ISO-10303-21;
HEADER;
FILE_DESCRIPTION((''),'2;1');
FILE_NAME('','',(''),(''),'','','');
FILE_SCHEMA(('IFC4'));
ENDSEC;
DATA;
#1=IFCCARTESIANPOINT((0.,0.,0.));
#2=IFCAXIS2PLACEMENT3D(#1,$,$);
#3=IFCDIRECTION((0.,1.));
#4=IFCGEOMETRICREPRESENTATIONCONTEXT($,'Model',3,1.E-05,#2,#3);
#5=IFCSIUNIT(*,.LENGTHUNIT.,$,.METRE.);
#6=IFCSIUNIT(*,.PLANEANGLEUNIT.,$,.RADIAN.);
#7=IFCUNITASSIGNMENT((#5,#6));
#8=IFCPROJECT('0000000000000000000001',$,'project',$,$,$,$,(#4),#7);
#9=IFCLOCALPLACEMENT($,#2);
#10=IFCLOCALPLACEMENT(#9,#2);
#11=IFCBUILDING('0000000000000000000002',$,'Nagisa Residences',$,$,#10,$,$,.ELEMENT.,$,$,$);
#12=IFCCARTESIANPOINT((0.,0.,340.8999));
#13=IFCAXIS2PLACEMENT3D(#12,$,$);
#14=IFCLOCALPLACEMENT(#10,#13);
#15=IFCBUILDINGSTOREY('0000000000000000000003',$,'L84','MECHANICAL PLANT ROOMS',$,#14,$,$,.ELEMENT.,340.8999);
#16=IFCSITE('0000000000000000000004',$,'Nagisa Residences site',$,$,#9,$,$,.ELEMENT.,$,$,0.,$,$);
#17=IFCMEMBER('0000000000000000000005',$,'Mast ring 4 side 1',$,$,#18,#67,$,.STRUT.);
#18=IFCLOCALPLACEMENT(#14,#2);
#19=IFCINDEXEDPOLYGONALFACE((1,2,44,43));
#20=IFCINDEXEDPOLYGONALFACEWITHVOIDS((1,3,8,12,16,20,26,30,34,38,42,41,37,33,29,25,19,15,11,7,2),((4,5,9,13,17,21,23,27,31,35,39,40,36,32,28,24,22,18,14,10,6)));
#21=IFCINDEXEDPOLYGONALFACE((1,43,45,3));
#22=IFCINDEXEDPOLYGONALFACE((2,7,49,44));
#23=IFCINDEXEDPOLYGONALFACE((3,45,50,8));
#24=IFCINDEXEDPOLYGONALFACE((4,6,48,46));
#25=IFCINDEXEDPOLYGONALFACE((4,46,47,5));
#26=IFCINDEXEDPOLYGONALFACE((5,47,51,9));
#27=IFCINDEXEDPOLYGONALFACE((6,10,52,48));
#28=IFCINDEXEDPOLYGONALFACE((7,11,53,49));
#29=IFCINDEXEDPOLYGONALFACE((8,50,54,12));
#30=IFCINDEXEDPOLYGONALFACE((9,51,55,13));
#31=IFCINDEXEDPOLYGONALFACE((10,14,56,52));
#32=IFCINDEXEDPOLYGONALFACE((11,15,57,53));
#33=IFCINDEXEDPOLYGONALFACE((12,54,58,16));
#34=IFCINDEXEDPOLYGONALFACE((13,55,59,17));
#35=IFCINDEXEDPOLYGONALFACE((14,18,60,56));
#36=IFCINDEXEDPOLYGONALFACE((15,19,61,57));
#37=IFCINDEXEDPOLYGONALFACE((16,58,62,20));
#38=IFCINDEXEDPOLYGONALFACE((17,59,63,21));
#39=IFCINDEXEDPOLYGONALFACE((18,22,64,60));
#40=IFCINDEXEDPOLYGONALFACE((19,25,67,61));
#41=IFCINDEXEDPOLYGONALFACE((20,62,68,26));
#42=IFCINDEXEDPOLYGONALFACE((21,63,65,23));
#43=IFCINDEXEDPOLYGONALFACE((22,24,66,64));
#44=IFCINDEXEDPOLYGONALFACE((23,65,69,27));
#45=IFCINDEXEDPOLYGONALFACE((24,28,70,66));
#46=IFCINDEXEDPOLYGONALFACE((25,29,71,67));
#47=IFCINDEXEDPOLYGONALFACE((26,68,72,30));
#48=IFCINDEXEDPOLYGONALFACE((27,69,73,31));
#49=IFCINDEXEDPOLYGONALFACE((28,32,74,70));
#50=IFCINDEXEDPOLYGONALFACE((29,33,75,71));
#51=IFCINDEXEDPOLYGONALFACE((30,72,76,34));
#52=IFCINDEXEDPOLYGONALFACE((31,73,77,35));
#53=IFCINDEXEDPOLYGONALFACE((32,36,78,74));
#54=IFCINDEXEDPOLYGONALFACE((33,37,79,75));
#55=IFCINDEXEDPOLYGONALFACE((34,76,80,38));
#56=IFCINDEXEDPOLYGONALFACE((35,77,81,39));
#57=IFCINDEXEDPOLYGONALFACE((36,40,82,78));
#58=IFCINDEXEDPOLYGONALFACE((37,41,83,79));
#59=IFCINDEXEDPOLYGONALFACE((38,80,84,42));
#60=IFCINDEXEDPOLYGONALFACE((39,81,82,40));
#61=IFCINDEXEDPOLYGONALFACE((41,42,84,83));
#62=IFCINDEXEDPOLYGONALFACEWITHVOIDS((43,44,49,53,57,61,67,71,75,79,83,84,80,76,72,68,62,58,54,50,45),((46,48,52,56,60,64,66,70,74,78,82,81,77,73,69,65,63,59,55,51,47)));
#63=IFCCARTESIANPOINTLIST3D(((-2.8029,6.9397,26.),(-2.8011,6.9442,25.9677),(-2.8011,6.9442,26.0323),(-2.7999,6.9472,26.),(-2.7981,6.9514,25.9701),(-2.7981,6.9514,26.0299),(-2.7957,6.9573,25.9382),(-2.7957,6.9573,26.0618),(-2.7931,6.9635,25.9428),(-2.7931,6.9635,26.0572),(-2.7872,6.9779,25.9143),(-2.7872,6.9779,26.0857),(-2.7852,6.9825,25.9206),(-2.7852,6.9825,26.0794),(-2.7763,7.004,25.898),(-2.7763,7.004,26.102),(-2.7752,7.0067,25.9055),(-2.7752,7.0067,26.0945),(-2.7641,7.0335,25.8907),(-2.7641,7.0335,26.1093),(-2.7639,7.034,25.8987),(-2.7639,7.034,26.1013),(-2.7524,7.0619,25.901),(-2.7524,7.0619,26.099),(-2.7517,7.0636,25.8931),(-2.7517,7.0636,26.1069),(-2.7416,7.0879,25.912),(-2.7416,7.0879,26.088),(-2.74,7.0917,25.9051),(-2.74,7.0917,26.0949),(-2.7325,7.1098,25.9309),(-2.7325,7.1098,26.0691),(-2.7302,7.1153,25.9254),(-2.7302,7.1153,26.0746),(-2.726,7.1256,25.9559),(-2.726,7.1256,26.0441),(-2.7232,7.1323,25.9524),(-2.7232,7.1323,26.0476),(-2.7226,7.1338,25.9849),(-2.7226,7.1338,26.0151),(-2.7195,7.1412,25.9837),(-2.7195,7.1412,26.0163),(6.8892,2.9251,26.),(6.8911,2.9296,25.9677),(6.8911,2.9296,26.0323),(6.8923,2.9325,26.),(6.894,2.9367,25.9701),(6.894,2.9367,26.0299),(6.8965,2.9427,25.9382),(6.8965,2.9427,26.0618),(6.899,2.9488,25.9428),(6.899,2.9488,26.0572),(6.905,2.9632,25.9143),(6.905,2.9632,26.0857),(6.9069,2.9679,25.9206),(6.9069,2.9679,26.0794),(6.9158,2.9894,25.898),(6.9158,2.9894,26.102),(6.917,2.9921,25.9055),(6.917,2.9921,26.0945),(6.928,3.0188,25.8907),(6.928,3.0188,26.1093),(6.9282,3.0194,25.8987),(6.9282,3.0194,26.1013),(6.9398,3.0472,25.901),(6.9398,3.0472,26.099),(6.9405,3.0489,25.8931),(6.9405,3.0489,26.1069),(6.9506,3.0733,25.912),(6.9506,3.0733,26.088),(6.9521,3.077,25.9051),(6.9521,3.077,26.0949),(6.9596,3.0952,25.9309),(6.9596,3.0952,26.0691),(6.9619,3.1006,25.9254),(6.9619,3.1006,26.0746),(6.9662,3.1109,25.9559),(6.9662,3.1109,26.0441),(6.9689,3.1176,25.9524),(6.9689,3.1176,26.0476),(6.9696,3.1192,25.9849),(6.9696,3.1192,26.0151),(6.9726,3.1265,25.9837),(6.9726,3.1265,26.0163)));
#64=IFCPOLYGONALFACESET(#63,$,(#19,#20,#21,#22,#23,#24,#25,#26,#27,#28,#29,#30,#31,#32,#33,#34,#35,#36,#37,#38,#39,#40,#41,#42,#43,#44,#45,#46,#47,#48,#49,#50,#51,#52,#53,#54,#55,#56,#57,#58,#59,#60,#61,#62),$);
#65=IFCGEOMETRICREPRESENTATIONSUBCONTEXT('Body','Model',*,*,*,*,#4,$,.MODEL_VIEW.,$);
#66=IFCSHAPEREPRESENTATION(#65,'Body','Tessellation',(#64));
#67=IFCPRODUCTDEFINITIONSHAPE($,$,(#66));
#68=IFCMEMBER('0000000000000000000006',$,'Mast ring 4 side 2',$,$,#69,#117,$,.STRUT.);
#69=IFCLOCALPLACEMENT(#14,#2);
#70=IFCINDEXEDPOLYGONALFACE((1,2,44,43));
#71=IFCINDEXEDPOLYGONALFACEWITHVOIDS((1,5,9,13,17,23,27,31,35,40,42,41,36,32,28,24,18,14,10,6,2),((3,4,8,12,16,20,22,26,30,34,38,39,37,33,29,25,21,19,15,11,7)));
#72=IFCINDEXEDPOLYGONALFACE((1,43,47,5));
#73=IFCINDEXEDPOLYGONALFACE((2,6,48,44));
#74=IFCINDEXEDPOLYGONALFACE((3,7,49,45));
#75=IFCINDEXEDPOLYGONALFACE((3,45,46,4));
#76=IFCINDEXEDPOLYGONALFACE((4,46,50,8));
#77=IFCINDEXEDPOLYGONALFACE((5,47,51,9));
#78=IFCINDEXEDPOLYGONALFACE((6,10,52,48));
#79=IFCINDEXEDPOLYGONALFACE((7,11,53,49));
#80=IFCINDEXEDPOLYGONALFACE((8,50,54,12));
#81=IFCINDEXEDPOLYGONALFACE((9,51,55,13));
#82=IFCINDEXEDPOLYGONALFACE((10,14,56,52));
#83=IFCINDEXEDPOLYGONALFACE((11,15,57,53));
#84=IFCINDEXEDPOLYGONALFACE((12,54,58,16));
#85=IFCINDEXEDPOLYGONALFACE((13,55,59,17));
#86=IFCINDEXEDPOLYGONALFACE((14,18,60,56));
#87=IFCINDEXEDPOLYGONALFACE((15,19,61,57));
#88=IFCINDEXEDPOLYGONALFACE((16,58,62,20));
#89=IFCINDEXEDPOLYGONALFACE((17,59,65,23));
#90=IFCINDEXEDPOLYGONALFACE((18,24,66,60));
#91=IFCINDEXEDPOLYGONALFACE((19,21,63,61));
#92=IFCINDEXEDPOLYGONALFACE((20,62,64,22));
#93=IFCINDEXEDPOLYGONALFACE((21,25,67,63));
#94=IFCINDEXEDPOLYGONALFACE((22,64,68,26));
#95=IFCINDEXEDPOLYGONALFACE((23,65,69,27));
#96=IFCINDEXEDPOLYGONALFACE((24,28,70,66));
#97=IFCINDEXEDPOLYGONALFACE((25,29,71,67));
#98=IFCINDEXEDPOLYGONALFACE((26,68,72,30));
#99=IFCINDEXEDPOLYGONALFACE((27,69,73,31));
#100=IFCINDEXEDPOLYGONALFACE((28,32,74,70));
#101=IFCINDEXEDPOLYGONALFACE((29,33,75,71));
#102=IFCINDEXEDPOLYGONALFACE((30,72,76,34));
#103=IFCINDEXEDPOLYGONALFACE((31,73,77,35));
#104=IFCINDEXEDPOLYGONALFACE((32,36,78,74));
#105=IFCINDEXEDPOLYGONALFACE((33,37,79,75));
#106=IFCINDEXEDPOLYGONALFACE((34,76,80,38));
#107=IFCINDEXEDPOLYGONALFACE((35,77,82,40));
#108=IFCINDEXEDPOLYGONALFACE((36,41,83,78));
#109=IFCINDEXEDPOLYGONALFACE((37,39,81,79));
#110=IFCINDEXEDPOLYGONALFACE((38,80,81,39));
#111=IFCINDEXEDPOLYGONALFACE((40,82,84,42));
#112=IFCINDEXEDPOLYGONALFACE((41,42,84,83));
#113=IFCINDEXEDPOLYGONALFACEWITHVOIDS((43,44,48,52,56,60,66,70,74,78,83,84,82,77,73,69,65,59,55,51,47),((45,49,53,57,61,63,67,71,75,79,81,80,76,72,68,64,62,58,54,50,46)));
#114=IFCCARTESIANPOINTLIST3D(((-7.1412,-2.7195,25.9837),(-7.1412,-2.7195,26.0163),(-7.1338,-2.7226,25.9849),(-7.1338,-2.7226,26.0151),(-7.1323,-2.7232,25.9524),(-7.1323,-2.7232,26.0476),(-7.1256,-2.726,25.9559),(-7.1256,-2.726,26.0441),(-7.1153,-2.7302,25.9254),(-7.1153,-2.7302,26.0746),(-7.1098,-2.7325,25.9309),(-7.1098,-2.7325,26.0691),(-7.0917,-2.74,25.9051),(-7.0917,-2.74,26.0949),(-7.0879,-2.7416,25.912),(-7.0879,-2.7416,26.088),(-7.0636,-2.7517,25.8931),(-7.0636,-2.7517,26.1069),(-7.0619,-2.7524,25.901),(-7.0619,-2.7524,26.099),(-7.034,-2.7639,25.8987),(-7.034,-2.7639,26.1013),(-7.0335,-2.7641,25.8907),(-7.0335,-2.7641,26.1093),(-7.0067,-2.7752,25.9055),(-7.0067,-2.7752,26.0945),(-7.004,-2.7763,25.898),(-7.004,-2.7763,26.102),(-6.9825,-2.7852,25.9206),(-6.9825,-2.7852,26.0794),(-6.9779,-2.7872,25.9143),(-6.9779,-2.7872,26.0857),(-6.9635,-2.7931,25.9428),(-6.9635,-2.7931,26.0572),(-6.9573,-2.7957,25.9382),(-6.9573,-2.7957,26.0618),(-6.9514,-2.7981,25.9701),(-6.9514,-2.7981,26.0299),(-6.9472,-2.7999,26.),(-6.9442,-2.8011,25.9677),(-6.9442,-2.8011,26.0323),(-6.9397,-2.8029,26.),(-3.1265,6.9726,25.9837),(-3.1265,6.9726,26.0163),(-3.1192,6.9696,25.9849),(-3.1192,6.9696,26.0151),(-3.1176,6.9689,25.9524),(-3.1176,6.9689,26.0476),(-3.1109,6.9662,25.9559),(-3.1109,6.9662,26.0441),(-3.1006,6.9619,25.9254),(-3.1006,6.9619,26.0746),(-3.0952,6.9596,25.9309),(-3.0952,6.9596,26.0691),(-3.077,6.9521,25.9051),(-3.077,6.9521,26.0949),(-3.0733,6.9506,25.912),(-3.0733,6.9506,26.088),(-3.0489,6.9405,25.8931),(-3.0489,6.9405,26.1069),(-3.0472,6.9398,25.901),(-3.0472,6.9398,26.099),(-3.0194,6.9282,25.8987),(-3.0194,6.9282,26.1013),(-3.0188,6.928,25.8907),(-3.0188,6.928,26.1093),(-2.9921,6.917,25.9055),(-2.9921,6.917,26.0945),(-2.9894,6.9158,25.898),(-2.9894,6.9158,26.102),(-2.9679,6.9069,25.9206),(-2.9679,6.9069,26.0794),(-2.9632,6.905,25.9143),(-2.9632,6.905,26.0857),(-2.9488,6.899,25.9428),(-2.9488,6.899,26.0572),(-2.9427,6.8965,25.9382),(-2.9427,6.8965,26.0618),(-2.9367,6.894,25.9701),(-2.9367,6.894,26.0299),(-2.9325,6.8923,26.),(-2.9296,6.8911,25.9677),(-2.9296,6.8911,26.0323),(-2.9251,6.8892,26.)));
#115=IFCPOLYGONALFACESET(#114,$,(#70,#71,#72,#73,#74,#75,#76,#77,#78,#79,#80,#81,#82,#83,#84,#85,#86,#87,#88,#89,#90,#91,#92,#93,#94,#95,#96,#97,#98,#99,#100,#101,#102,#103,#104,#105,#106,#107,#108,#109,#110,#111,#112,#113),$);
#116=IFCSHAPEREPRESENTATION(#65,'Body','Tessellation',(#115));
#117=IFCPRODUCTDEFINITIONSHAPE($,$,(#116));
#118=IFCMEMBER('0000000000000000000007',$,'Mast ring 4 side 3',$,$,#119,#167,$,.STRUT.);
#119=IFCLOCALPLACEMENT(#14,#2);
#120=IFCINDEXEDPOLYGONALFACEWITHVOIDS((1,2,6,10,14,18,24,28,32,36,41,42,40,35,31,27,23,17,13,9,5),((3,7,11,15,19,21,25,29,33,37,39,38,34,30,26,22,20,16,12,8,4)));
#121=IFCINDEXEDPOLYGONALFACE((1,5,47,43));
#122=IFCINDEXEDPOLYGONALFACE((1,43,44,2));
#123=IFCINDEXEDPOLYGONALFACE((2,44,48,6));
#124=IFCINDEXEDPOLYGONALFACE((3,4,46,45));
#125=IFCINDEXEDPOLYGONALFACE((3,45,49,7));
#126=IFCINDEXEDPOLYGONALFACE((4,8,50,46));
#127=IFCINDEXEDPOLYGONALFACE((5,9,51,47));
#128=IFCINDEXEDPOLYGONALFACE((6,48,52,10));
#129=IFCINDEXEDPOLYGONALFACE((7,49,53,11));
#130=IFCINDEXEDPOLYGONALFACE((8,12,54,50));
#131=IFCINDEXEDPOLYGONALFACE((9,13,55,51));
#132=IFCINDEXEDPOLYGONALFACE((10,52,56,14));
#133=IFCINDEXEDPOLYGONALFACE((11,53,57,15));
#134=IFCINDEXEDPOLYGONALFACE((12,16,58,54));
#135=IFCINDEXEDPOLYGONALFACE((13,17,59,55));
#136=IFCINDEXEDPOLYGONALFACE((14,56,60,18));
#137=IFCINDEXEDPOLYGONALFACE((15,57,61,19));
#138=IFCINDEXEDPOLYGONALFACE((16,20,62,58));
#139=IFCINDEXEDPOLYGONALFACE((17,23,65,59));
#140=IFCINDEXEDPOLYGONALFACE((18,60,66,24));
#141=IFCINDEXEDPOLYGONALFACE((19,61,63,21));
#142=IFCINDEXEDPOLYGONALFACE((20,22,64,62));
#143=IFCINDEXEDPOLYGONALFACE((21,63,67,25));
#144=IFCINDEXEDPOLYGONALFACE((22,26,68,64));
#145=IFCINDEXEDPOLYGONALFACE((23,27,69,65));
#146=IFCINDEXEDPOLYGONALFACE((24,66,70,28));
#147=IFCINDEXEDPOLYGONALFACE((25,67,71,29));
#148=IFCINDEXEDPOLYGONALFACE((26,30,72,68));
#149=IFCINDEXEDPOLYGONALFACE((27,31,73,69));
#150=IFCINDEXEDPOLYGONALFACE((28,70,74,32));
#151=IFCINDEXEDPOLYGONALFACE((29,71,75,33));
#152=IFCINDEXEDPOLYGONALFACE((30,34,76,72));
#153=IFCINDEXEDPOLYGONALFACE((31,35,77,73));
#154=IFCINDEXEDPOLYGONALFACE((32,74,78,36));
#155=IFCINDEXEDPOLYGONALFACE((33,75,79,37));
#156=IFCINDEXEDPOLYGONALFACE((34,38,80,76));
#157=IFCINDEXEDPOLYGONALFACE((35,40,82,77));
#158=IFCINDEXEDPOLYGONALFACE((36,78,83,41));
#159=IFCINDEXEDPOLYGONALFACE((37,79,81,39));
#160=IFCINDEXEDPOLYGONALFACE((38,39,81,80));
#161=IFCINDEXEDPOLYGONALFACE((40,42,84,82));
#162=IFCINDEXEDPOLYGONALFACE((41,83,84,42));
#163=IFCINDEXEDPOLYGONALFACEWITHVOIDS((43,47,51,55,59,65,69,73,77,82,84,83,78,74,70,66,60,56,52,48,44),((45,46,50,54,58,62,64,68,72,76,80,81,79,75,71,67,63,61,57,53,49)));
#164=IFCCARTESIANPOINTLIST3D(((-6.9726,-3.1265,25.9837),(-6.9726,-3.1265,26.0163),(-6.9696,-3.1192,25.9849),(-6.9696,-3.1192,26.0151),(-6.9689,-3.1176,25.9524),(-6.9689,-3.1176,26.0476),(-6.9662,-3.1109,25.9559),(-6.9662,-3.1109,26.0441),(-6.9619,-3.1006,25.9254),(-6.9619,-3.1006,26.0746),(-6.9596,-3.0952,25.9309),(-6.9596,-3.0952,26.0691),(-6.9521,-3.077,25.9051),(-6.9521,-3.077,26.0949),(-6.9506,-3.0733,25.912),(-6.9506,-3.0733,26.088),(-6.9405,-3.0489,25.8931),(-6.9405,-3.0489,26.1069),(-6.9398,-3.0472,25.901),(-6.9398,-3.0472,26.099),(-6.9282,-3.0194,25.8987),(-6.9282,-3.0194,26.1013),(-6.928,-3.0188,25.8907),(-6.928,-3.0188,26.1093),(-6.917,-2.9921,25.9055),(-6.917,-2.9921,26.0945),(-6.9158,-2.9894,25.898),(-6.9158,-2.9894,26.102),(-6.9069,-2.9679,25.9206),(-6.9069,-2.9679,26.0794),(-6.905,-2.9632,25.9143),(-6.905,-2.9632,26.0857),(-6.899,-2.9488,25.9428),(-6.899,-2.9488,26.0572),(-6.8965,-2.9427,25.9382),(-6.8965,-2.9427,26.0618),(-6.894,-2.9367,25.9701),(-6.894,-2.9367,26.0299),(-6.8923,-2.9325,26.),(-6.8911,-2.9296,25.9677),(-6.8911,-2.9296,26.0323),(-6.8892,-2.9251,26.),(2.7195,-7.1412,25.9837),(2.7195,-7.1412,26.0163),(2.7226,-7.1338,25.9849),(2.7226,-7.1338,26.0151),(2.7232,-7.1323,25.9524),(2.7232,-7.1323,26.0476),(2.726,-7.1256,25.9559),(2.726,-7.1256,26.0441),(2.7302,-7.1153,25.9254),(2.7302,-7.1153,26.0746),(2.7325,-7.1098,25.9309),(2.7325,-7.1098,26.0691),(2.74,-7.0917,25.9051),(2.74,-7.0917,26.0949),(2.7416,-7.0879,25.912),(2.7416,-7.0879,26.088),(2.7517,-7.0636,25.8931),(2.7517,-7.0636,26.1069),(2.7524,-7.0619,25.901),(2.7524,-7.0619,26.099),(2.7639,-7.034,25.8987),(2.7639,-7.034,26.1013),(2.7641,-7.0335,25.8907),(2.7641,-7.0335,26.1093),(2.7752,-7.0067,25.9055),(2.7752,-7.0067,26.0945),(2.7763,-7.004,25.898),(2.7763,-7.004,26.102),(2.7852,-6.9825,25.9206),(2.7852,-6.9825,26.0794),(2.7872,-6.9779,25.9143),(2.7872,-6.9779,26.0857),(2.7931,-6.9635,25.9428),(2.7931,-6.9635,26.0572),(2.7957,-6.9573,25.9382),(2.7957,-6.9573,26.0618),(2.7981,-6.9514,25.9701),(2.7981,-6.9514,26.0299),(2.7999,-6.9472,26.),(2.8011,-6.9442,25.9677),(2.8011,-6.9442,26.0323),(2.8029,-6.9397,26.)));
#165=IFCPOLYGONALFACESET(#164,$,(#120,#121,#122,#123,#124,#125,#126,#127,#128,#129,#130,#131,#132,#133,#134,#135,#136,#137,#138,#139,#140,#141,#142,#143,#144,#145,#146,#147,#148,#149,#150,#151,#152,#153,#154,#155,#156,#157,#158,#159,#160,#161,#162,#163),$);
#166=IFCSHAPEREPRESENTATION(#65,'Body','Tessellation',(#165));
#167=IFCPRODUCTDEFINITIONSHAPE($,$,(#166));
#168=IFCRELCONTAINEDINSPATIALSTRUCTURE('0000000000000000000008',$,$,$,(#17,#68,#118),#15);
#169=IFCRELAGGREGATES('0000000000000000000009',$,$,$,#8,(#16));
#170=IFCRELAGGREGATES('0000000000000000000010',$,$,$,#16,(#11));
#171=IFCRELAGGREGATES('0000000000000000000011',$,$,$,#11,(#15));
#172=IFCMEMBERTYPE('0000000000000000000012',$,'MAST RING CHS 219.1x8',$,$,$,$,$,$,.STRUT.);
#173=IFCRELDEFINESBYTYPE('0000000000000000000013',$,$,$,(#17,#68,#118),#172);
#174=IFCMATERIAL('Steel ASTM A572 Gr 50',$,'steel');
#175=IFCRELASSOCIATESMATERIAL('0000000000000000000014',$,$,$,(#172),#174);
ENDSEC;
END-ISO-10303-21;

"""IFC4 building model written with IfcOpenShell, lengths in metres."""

from ifc_helpers import new_model, si_unit, direction, frame, origin, origin_2d, place, context, subcontext, project, spatial, hollow_circle, extrude, material, material_profile, profile_set, type_object, element, save


model = new_model("IFC4")

# Units and contexts
model_context = context("Model", 3, precision=1e-05, world=origin(), true_north=direction((0.0, 1.0)))
body_context = subcontext(model_context, "Body", "Model", "MODEL_VIEW")
ifc_project = project(units=[si_unit("LENGTHUNIT", "METRE"), si_unit("PLANEANGLEUNIT", "RADIAN")], contexts=[model_context])

# Site, building, storey
site_placement = place(None, origin())
site = spatial("IfcSite", under=ifc_project, at=site_placement, Name="Nagisa Residences site", CompositionType="ELEMENT", RefElevation=0.0)
building_placement = place(site_placement, origin())
building = spatial("IfcBuilding", under=site, at=building_placement, Name="Nagisa Residences", CompositionType="ELEMENT")
storey_placement = place(building_placement, frame((0.0, 0.0, 340.8999)))
storey = spatial("IfcBuildingStorey", under=building, at=storey_placement, Name="L84", Description="MECHANICAL PLANT ROOMS", CompositionType="ELEMENT", Elevation=340.8999)

# Members
ifc_material_1 = material(Name="Steel ASTM A572 Gr 50", Category="steel")
ifc_material_profile_1 = material_profile(ifc_material_1, hollow_circle(Radius=0.1096, WallThickness=0.0081, at=origin_2d()), Name="MAST RING CHS 219.1x8")
ifc_profile_set_1 = profile_set([ifc_material_profile_1], Name="Steel ASTM A572 Gr 50")
member_type_1 = type_object("IfcMemberType", Name="MAST RING CHS 219.1x8", PredefinedType="STRUT", material=ifc_profile_set_1)
for number, where, z_axis, x_axis, name in (
    (1, (6.9312, 3.0264, 26.0), (-0.923878, 0.382686, 0.0), (-0.382686, -0.923878, 0.0), "Mast ring 4 side 1"),
    (2, (-3.0264, 6.9312, 26.0), (-0.382686, -0.923878, 0.0), (0.923878, -0.382686, 0.0), "Mast ring 4 side 2"),
    (3, (-6.9312, -3.0264, 26.0), (0.923878, -0.382686, 0.0), (0.382686, 0.923878, 0.0), "Mast ring 4 side 3"),
):
    element("IfcMember", number, at=place(storey_placement, frame(where, z_axis=z_axis, x_axis=x_axis)), inside=storey, type_object=member_type_1, Name=name, PredefinedType="STRUT", context=body_context, shape_type="SweptSolid", body=[
        extrude(hollow_circle(Radius=0.1096, WallThickness=0.0081, at=origin_2d()), origin(), (0.0, 0.0, 1.0), 10.4907),
    ])

save(model, "model.ifc")
